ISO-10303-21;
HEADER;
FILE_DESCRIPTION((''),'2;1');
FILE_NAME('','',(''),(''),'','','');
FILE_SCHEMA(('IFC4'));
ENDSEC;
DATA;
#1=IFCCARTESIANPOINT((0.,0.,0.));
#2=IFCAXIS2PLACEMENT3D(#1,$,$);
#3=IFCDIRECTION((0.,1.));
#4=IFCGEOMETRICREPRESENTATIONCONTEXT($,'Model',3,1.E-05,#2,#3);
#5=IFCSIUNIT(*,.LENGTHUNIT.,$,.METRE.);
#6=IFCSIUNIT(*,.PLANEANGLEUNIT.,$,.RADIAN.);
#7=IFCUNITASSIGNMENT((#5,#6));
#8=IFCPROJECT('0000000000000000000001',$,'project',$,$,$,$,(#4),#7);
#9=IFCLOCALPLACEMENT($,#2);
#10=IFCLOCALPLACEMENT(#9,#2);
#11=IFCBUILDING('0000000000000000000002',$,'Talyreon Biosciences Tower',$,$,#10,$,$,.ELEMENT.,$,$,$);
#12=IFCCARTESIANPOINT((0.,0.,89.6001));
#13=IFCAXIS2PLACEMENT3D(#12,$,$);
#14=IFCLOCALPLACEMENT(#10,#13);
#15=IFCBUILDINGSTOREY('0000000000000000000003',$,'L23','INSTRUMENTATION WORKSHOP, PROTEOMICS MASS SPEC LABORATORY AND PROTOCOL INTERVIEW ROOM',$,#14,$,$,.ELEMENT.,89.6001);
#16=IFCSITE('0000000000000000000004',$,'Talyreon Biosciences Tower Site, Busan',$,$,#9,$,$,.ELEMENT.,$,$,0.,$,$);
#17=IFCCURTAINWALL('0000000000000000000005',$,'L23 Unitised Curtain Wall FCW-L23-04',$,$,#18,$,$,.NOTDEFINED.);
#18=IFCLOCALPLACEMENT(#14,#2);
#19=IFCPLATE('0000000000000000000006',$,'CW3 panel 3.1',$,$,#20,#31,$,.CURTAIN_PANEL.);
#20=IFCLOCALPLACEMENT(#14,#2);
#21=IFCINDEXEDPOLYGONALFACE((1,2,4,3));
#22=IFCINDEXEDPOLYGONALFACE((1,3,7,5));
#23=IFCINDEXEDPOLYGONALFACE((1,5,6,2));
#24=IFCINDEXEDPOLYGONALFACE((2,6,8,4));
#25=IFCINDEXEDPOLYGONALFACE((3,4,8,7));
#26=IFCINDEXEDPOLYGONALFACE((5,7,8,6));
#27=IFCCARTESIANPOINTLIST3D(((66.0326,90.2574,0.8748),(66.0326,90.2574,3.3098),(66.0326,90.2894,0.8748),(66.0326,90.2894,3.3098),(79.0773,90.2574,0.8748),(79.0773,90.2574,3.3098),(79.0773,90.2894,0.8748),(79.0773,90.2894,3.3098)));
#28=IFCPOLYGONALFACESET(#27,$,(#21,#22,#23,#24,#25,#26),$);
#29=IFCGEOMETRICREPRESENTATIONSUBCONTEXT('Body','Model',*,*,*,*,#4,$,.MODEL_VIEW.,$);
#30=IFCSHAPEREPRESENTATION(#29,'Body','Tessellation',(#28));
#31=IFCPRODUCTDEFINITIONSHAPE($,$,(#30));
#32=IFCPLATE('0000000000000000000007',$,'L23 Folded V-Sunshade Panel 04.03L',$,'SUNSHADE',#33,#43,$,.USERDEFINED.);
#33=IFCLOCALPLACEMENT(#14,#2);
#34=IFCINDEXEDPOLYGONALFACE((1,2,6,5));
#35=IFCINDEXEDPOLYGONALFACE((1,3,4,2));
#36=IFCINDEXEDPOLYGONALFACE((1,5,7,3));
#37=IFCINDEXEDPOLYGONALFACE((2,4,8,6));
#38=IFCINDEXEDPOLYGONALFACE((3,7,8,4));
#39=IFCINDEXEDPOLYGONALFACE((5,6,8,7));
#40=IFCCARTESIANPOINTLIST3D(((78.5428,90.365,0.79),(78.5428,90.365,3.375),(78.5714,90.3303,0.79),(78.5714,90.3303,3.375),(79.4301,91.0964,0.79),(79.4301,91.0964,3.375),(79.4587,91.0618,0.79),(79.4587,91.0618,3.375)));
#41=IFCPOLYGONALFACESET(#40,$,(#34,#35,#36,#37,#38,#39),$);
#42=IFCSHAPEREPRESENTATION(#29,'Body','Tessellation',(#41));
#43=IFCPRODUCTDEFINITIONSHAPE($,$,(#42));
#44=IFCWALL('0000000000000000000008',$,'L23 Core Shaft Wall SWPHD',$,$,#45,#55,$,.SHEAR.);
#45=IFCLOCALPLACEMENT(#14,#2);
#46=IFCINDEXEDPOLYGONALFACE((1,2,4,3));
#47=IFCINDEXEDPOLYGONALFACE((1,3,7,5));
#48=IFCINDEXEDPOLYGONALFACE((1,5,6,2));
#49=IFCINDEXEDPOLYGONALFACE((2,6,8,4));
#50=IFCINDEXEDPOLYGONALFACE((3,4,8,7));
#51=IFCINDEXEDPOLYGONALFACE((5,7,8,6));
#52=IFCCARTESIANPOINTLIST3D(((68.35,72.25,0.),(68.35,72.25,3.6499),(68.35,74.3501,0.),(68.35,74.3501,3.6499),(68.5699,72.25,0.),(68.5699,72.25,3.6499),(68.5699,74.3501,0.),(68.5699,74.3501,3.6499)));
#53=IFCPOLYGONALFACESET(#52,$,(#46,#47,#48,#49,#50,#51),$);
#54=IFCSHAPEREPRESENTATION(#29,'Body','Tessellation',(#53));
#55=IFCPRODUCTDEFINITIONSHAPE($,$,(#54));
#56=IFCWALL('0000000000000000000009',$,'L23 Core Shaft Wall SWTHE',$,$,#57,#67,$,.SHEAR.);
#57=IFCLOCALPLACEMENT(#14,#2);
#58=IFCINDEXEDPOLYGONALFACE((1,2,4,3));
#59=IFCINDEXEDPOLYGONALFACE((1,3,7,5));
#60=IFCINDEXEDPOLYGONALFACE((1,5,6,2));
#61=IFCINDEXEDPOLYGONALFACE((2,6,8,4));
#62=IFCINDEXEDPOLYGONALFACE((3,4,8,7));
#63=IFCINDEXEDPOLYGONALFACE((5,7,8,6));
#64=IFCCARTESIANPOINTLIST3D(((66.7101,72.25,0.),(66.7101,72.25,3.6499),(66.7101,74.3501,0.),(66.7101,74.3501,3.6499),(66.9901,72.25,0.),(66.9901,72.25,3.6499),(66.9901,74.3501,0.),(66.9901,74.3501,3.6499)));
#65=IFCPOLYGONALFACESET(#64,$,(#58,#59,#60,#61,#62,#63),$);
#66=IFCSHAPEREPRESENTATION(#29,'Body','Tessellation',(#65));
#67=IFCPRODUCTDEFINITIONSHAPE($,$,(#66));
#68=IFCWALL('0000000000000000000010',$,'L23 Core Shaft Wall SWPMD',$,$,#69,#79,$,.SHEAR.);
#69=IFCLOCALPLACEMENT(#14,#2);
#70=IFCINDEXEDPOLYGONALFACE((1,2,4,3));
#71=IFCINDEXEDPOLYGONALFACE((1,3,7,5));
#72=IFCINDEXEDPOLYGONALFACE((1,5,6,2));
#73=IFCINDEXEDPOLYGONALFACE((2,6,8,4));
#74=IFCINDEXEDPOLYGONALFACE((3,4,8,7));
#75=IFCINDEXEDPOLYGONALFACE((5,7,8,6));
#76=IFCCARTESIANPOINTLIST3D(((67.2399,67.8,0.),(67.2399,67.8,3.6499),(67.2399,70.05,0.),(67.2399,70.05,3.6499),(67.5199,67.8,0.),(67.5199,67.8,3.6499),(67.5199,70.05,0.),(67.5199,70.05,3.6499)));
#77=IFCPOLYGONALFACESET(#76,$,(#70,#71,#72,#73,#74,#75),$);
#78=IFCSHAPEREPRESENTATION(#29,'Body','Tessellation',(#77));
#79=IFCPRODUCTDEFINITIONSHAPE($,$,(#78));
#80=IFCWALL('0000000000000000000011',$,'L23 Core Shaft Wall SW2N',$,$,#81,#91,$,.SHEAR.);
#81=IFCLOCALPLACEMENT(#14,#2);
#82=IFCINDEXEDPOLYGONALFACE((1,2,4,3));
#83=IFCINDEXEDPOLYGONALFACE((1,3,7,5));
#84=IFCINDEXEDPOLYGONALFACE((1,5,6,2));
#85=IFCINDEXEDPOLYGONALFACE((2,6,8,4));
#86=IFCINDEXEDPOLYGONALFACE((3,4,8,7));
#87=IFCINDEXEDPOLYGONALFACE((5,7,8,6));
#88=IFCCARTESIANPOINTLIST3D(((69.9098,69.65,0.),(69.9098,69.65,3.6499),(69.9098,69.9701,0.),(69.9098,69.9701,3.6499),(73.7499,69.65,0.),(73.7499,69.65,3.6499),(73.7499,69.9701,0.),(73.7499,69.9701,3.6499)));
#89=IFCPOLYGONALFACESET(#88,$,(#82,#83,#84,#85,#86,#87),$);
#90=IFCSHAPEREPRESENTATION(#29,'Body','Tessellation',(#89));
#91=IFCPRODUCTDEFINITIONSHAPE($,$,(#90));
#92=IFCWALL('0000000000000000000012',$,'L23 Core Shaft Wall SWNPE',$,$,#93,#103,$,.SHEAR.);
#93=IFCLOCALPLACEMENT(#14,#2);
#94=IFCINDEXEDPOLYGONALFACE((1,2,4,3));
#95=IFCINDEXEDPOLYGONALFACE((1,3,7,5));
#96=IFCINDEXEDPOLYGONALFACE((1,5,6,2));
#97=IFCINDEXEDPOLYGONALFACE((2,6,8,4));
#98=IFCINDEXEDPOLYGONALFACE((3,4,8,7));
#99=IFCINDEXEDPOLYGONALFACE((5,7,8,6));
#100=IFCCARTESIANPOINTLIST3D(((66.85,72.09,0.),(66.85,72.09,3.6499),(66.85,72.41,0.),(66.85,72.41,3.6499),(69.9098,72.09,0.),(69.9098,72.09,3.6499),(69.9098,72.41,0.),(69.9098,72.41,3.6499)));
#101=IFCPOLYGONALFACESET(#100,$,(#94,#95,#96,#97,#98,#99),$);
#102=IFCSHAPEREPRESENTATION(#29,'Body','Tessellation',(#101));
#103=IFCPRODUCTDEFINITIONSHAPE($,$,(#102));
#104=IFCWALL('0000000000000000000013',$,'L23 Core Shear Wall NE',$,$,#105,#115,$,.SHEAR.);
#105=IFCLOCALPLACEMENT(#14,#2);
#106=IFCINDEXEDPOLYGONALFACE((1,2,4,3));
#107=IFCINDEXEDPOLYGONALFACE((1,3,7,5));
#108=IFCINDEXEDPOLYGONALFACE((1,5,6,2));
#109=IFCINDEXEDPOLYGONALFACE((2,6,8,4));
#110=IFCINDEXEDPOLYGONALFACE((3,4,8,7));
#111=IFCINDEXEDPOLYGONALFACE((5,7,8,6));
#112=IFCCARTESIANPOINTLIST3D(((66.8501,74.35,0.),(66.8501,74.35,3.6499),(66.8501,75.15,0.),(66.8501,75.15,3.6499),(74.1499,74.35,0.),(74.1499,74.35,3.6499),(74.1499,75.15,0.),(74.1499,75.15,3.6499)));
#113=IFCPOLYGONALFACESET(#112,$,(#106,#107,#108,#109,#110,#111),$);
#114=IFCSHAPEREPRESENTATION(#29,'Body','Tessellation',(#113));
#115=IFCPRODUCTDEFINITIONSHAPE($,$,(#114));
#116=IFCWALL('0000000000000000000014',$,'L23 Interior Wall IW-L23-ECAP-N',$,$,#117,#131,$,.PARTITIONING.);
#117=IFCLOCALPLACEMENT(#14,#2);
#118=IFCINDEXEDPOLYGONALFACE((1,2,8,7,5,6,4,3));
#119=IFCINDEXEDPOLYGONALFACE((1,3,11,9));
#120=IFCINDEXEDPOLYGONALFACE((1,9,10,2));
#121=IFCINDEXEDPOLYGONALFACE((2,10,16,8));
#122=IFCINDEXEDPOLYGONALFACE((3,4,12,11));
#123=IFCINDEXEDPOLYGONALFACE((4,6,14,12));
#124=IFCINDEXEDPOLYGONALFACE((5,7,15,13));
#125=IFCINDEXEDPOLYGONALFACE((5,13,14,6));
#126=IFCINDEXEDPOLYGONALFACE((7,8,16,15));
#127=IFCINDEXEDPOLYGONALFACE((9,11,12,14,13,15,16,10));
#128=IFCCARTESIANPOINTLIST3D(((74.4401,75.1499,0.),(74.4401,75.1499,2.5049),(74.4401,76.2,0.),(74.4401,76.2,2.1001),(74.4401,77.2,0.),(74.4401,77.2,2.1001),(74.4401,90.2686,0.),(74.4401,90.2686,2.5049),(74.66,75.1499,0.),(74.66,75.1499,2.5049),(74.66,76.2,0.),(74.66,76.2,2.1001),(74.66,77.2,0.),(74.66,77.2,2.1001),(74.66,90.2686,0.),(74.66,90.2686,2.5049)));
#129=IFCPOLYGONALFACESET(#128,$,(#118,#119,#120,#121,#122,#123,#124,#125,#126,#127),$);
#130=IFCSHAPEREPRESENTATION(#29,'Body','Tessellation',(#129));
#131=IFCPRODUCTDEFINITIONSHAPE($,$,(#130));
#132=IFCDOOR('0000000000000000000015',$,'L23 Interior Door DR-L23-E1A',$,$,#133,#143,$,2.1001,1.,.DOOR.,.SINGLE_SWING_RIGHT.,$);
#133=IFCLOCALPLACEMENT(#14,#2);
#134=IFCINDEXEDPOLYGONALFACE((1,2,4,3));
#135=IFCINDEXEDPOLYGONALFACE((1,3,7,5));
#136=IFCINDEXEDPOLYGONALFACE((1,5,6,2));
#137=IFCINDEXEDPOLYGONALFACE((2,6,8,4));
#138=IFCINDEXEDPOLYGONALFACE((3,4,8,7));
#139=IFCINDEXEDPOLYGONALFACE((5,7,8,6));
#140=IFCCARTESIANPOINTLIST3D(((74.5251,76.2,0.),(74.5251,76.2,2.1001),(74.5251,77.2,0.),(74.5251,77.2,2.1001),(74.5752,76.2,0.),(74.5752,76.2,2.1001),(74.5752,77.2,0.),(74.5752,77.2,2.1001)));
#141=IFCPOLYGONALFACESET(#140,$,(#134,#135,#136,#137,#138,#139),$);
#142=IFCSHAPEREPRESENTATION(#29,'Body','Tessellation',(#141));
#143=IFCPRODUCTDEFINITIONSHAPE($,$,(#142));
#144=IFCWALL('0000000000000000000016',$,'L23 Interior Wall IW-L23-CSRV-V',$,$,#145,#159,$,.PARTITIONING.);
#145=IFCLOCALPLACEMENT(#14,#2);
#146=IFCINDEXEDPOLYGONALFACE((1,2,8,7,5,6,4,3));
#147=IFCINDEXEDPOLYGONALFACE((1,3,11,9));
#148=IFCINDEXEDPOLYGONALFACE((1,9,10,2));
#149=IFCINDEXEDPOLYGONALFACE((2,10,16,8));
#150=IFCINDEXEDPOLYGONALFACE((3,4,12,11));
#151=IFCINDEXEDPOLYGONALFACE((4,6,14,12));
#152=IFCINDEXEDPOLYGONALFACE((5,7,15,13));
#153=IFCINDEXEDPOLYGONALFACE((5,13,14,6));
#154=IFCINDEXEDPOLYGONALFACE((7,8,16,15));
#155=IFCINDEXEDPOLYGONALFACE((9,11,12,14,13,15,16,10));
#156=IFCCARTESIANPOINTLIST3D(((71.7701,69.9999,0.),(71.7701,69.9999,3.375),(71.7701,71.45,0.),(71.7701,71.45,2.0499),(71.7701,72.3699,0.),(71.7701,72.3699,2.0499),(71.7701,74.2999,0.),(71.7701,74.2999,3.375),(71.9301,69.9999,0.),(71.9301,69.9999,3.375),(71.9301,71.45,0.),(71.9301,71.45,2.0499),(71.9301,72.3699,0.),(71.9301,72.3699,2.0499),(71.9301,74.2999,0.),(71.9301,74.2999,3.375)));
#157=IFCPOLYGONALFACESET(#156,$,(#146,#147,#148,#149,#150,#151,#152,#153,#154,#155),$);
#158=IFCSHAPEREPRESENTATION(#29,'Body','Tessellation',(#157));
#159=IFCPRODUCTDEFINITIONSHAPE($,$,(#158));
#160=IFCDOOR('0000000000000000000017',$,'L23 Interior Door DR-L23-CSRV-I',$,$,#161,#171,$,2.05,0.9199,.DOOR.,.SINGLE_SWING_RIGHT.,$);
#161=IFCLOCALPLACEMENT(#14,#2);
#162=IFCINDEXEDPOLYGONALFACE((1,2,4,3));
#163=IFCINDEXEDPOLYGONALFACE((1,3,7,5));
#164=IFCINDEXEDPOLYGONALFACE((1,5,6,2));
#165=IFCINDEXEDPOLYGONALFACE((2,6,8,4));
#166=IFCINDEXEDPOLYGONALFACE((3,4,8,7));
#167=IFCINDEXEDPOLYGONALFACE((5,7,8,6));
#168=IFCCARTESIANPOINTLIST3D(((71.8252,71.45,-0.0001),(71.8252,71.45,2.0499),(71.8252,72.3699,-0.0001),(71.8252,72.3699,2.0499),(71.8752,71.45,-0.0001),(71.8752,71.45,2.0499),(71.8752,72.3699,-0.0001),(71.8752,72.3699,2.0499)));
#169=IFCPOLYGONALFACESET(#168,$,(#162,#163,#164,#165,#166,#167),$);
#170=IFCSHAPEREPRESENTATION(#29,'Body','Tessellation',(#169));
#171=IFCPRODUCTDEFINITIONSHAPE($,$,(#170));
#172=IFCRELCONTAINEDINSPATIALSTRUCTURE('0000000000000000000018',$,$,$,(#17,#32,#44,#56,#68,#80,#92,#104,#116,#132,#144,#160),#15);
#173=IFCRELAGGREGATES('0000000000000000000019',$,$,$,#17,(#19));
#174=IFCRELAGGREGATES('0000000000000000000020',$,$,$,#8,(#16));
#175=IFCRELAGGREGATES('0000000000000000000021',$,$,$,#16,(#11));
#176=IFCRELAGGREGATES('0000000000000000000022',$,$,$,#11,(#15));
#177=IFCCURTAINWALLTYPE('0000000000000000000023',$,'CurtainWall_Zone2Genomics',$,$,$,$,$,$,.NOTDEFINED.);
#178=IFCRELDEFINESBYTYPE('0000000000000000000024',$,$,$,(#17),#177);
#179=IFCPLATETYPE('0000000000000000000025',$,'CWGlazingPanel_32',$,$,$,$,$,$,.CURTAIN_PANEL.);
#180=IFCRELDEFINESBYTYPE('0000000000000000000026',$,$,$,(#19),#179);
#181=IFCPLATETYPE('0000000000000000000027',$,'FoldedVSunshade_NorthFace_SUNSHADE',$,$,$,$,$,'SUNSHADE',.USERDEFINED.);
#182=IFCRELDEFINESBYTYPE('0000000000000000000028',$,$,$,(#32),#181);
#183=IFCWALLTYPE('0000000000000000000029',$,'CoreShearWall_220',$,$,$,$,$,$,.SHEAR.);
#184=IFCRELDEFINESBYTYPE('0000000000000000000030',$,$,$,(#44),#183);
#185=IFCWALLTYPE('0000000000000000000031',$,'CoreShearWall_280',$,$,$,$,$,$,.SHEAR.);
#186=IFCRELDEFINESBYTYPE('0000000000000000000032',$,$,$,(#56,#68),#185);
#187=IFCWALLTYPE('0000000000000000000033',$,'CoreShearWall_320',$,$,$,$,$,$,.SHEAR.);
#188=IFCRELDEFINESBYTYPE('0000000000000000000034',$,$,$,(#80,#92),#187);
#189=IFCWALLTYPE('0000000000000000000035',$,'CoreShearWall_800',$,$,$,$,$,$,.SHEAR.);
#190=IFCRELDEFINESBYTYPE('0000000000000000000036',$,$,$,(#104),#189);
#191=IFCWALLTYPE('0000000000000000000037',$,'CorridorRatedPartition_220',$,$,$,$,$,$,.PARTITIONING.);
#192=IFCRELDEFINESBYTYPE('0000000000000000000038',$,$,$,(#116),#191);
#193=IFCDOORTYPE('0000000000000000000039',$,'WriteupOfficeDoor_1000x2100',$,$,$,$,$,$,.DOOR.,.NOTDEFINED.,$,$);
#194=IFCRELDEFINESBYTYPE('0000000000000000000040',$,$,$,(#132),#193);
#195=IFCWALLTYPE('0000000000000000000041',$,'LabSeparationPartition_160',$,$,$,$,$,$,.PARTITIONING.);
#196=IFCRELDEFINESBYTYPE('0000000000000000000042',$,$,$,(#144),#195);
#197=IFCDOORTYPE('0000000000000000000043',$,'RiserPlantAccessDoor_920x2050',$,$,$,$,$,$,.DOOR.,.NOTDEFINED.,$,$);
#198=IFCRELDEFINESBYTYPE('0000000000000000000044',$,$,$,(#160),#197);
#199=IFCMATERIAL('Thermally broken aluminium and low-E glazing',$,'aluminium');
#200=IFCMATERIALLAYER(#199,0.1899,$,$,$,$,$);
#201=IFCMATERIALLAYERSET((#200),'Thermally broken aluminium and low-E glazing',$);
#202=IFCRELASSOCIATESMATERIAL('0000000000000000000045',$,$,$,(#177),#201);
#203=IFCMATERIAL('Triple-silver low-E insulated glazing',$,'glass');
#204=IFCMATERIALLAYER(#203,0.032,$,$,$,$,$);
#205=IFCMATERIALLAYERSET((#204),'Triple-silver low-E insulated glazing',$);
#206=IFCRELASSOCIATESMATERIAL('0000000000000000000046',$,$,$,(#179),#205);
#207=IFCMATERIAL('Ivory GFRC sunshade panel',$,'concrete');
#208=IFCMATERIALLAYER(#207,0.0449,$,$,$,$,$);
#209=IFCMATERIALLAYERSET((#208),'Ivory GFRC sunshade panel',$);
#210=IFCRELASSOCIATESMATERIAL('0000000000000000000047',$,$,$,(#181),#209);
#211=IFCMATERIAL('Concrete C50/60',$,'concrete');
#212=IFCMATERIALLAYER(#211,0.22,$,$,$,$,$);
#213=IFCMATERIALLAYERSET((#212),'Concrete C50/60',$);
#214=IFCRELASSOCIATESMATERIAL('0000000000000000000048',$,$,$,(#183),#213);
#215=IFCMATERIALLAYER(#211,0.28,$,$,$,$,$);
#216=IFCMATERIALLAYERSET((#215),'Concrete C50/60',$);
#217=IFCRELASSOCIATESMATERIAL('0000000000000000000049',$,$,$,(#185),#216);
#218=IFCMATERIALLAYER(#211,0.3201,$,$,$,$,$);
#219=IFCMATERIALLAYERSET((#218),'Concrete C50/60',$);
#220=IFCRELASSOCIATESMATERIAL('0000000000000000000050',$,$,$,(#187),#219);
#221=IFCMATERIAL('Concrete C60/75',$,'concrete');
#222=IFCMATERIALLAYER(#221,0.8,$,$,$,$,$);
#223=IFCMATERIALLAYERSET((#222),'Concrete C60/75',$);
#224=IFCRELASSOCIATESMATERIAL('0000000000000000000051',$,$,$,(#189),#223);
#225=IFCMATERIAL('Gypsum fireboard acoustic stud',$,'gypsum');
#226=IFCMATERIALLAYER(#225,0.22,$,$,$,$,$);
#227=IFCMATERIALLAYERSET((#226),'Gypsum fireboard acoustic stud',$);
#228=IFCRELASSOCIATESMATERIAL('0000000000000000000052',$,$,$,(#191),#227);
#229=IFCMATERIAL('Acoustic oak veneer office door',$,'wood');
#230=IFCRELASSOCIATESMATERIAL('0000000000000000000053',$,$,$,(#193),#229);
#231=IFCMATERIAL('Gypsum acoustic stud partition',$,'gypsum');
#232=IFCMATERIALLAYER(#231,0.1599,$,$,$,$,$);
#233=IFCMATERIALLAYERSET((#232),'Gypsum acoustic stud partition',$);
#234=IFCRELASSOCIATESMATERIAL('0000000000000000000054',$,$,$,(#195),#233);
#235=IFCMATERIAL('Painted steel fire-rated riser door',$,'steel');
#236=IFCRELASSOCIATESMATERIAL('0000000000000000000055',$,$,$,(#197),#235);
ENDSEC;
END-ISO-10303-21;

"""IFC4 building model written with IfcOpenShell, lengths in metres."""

from ifc_helpers import new_model, si_unit, direction, frame, frame_2d, origin, origin_2d, place, context, subcontext, project, spatial, rectangle, extrude, material, layer, layer_set, type_object, element, fill, aggregate, save


model = new_model("IFC4")

# Units and contexts
model_context = context("Model", 3, precision=1e-05, world=origin(), true_north=direction((0.0, 1.0)))
body_context = subcontext(model_context, "Body", "Model", "MODEL_VIEW")
ifc_project = project(units=[si_unit("LENGTHUNIT", "METRE"), si_unit("PLANEANGLEUNIT", "RADIAN")], contexts=[model_context])

# Site, building, storey
site_placement = place(None, origin())
site = spatial("IfcSite", under=ifc_project, at=site_placement, Name="Talyreon Biosciences Tower Site, Busan", CompositionType="ELEMENT", RefElevation=0.0)
building_placement = place(site_placement, origin())
building = spatial("IfcBuilding", under=site, at=building_placement, Name="Talyreon Biosciences Tower", CompositionType="ELEMENT")
storey_placement = place(building_placement, frame((0.0, 0.0, 89.6001)))
storey = spatial("IfcBuildingStorey", under=building, at=storey_placement, Name="L23", Description="INSTRUMENTATION WORKSHOP, PROTEOMICS MASS SPEC LABORATORY AND PROTOCOL INTERVIEW ROOM", CompositionType="ELEMENT", Elevation=89.6001)

# Shared definitions
ifc_material_1 = material(Name="Concrete C50/60", Category="concrete")

# Curtain wall
ifc_material_2 = material(Name="Thermally broken aluminium and low-E glazing", Category="aluminium")
ifc_layer_1 = layer(ifc_material_2, 0.1899)
ifc_layer_set_1 = layer_set([ifc_layer_1], Name="Thermally broken aluminium and low-E glazing")
curtain_wall_type = type_object("IfcCurtainWallType", Name="CurtainWall_Zone2Genomics", PredefinedType="NOTDEFINED", material=ifc_layer_set_1)
curtain_wall_placement = place(storey_placement, origin())
curtain_wall = element("IfcCurtainWall", 1, at=curtain_wall_placement, inside=storey, type_object=curtain_wall_type, Name="L23 Unitised Curtain Wall FCW-L23-04", PredefinedType="NOTDEFINED")

# Plates
ifc_material_3 = material(Name="Triple-silver low-E insulated glazing", Category="glass")
ifc_layer_2 = layer(ifc_material_3, 0.032)
ifc_layer_set_2 = layer_set([ifc_layer_2], Name="Triple-silver low-E insulated glazing")
plate_type_1 = type_object("IfcPlateType", Name="CWGlazingPanel_32", PredefinedType="CURTAIN_PANEL", material=ifc_layer_set_2)
plate_1_placement = place(storey_placement, frame((72.5549, 90.2734, 0.8748), z_axis=(0.0, 0.0, 1.0), x_axis=(1.0, 0.0, 0.0)))
plate_1 = element("IfcPlate", 2, at=plate_1_placement, type_object=plate_type_1, Name="CW3 panel 3.1", PredefinedType="CURTAIN_PANEL", context=body_context, shape_type="SweptSolid", body=[
    extrude(rectangle(XDim=13.0447, YDim=0.032, at=origin_2d()), origin(), (0.0, 0.0, 1.0), 2.4351),
])
aggregate(curtain_wall, [plate_1])
ifc_material_4 = material(Name="Ivory GFRC sunshade panel", Category="concrete")
ifc_layer_3 = layer(ifc_material_4, 0.0449)
ifc_layer_set_3 = layer_set([ifc_layer_3], Name="Ivory GFRC sunshade panel")
plate_type_2 = type_object("IfcPlateType", Name="FoldedVSunshade_NorthFace_SUNSHADE", ElementType="SUNSHADE", PredefinedType="USERDEFINED", material=ifc_layer_set_3)
plate_2_placement = place(storey_placement, frame((79.0007, 90.7134, 0.79), z_axis=(0.0, 0.0, 1.0), x_axis=(0.771625, 0.636078, 0.0)))
element("IfcPlate", 3, at=plate_2_placement, inside=storey, type_object=plate_type_2, Name="L23 Folded V-Sunshade Panel 04.03L", ObjectType="SUNSHADE", PredefinedType="USERDEFINED", context=body_context, shape_type="SweptSolid", body=[
    extrude(rectangle(XDim=1.1499, YDim=0.0449, at=origin_2d()), origin(), (0.0, 0.0, 1.0), 2.585),
])

# Walls
ifc_layer_4 = layer(ifc_material_1, 0.22)
ifc_layer_set_4 = layer_set([ifc_layer_4], Name="Concrete C50/60")
wall_type_1 = type_object("IfcWallType", Name="CoreShearWall_220", PredefinedType="SHEAR", material=ifc_layer_set_4)
wall_1_placement = place(storey_placement, frame((68.46, 72.25, 0.0), z_axis=(0.0, 0.0, 1.0), x_axis=(0.0, 1.0, 0.0)))
element("IfcWall", 4, at=wall_1_placement, inside=storey, type_object=wall_type_1, Name="L23 Core Shaft Wall SWPHD", PredefinedType="SHEAR", context=body_context, shape_type="SweptSolid", body=[
    extrude(rectangle(XDim=2.1001, YDim=0.22, at=frame_2d((1.05, 0.0))), origin(), (0.0, 0.0, 1.0), 3.6499),
])
ifc_layer_5 = layer(ifc_material_1, 0.28)
ifc_layer_set_5 = layer_set([ifc_layer_5], Name="Concrete C50/60")
wall_type_2 = type_object("IfcWallType", Name="CoreShearWall_280", PredefinedType="SHEAR", material=ifc_layer_set_5)
wall_2_placement = place(storey_placement, frame((66.8501, 72.25, 0.0), z_axis=(0.0, 0.0, 1.0), x_axis=(0.0, 1.0, 0.0)))
element("IfcWall", 5, at=wall_2_placement, inside=storey, type_object=wall_type_2, Name="L23 Core Shaft Wall SWTHE", PredefinedType="SHEAR", context=body_context, shape_type="SweptSolid", body=[
    extrude(rectangle(XDim=2.1001, YDim=0.28, at=frame_2d((1.05, 0.0))), origin(), (0.0, 0.0, 1.0), 3.6499),
])
wall_3_placement = place(storey_placement, frame((67.3799, 67.8, 0.0), z_axis=(0.0, 0.0, 1.0), x_axis=(0.0, 1.0, 0.0)))
element("IfcWall", 6, at=wall_3_placement, inside=storey, type_object=wall_type_2, Name="L23 Core Shaft Wall SWPMD", PredefinedType="SHEAR", context=body_context, shape_type="SweptSolid", body=[
    extrude(rectangle(XDim=2.25, YDim=0.28, at=frame_2d((1.125, 0.0))), origin(), (0.0, 0.0, 1.0), 3.6499),
])
ifc_layer_6 = layer(ifc_material_1, 0.3201)
ifc_layer_set_6 = layer_set([ifc_layer_6], Name="Concrete C50/60")
wall_type_3 = type_object("IfcWallType", Name="CoreShearWall_320", PredefinedType="SHEAR", material=ifc_layer_set_6)
wall_4_placement = place(storey_placement, frame((69.9099, 69.8101, 0.0), z_axis=(0.0, 0.0, 1.0), x_axis=(1.0, 0.0, 0.0)))
element("IfcWall", 7, at=wall_4_placement, inside=storey, type_object=wall_type_3, Name="L23 Core Shaft Wall SW2N", PredefinedType="SHEAR", context=body_context, shape_type="SweptSolid", body=[
    extrude(rectangle(XDim=3.8401, YDim=0.3201, at=frame_2d((1.9199, 0.0))), origin(), (0.0, 0.0, 1.0), 3.6499),
])
wall_5_placement = place(storey_placement, frame((66.8501, 72.25, 0.0), z_axis=(0.0, 0.0, 1.0), x_axis=(1.0, 0.0, 0.0)))
element("IfcWall", 8, at=wall_5_placement, inside=storey, type_object=wall_type_3, Name="L23 Core Shaft Wall SWNPE", PredefinedType="SHEAR", context=body_context, shape_type="SweptSolid", body=[
    extrude(rectangle(XDim=3.0598, YDim=0.3201, at=frame_2d((1.5298, 0.0))), origin(), (0.0, 0.0, 1.0), 3.6499),
])
ifc_material_5 = material(Name="Concrete C60/75", Category="concrete")
ifc_layer_7 = layer(ifc_material_5, 0.8)
ifc_layer_set_7 = layer_set([ifc_layer_7], Name="Concrete C60/75")
wall_type_4 = type_object("IfcWallType", Name="CoreShearWall_800", PredefinedType="SHEAR", material=ifc_layer_set_7)
wall_6_placement = place(storey_placement, frame((74.1499, 74.75, 0.0), z_axis=(0.0, 0.0, 1.0), x_axis=(-1.0, 0.0, 0.0)))
element("IfcWall", 9, at=wall_6_placement, inside=storey, type_object=wall_type_4, Name="L23 Core Shear Wall NE", PredefinedType="SHEAR", context=body_context, shape_type="SweptSolid", body=[
    extrude(rectangle(XDim=7.2998, YDim=0.8, at=frame_2d((3.6499, 0.0))), origin(), (0.0, 0.0, 1.0), 3.6499),
])

# Walls, openings, doors
ifc_material_6 = material(Name="Gypsum fireboard acoustic stud", Category="gypsum")
ifc_layer_8 = layer(ifc_material_6, 0.22)
ifc_layer_set_8 = layer_set([ifc_layer_8], Name="Gypsum fireboard acoustic stud")
wall_type_5 = type_object("IfcWallType", Name="CorridorRatedPartition_220", PredefinedType="PARTITIONING", material=ifc_layer_set_8)
wall_7_placement = place(storey_placement, frame((74.55, 75.1499, 0.0), z_axis=(0.0, 0.0, 1.0), x_axis=(0.0, 1.0, 0.0)))
wall_7 = element("IfcWall", 10, at=wall_7_placement, inside=storey, type_object=wall_type_5, Name="L23 Interior Wall IW-L23-ECAP-N", PredefinedType="PARTITIONING", context=body_context, shape_type="SweptSolid", body=[
    extrude(rectangle(XDim=15.1187, YDim=0.22, at=frame_2d((7.5593, 0.0))), origin(), (0.0, 0.0, 1.0), 2.5049),
])
opening_1_placement = place(wall_7_placement, frame((1.05, 0.0, 0.0)))
opening_1 = element("IfcOpeningElement", 11, at=opening_1_placement, cuts=wall_7, PredefinedType="OPENING", context=body_context, shape_type="SweptSolid", body=[
    extrude(rectangle(XDim=1.0, YDim=2.1001, at=frame_2d((0.5, 1.05))), frame((0.0, 0.1199, 0.0), z_axis=(0.0, -1.0, 0.0), x_axis=(1.0, 0.0, 0.0)), (0.0, 0.0, 1.0), 0.24),
])
ifc_material_7 = material(Name="Acoustic oak veneer office door", Category="wood")
door_type_1 = type_object("IfcDoorType", Name="WriteupOfficeDoor_1000x2100", OperationType="NOTDEFINED", PredefinedType="DOOR", material=ifc_material_7)
door_1_placement = place(opening_1_placement, origin())
door_1 = element("IfcDoor", 12, at=door_1_placement, inside=storey, type_object=door_type_1, Name="L23 Interior Door DR-L23-E1A", OperationType="SINGLE_SWING_RIGHT", OverallHeight=2.1001, OverallWidth=1.0, PredefinedType="DOOR", context=body_context, shape_type="SweptSolid", body=[
    extrude(rectangle(XDim=1.0, YDim=2.1001, at=frame_2d((0.5, 1.05))), frame((0.0, 0.0249, 0.0), z_axis=(0.0, -1.0, 0.0), x_axis=(1.0, 0.0, 0.0)), (0.0, 0.0, 1.0), 0.05),
])
fill(opening_1, door_1)
ifc_material_8 = material(Name="Gypsum acoustic stud partition", Category="gypsum")
ifc_layer_9 = layer(ifc_material_8, 0.1599)
ifc_layer_set_9 = layer_set([ifc_layer_9], Name="Gypsum acoustic stud partition")
wall_type_6 = type_object("IfcWallType", Name="LabSeparationPartition_160", PredefinedType="PARTITIONING", material=ifc_layer_set_9)
wall_8_placement = place(storey_placement, frame((71.8501, 70.0, 0.0), z_axis=(0.0, 0.0, 1.0), x_axis=(0.0, 1.0, 0.0)))
wall_8 = element("IfcWall", 13, at=wall_8_placement, inside=storey, type_object=wall_type_6, Name="L23 Interior Wall IW-L23-CSRV-V", PredefinedType="PARTITIONING", context=body_context, shape_type="SweptSolid", body=[
    extrude(rectangle(XDim=4.3, YDim=0.1599, at=frame_2d((2.1499, 0.0))), origin(), (0.0, 0.0, 1.0), 3.375),
])
opening_2_placement = place(wall_8_placement, frame((1.45, 0.0, 0.0)))
opening_2 = element("IfcOpeningElement", 14, at=opening_2_placement, cuts=wall_8, PredefinedType="OPENING", context=body_context, shape_type="SweptSolid", body=[
    extrude(rectangle(XDim=0.9199, YDim=2.05, at=frame_2d((0.46, 1.0249))), frame((0.0, 0.0898, 0.0), z_axis=(0.0, -1.0, 0.0), x_axis=(1.0, 0.0, 0.0)), (0.0, 0.0, 1.0), 0.1799),
])
ifc_material_9 = material(Name="Painted steel fire-rated riser door", Category="steel")
door_type_2 = type_object("IfcDoorType", Name="RiserPlantAccessDoor_920x2050", OperationType="NOTDEFINED", PredefinedType="DOOR", material=ifc_material_9)
door_2_placement = place(opening_2_placement, origin())
door_2 = element("IfcDoor", 15, at=door_2_placement, inside=storey, type_object=door_type_2, Name="L23 Interior Door DR-L23-CSRV-I", OperationType="SINGLE_SWING_RIGHT", OverallHeight=2.05, OverallWidth=0.9199, PredefinedType="DOOR", context=body_context, shape_type="SweptSolid", body=[
    extrude(rectangle(XDim=0.9199, YDim=2.05, at=frame_2d((0.46, 1.0249))), frame((0.0, 0.0249, 0.0), z_axis=(0.0, -1.0, 0.0), x_axis=(1.0, 0.0, 0.0)), (0.0, 0.0, 1.0), 0.05),
])
fill(opening_2, door_2)

save(model, "model.ifc")
